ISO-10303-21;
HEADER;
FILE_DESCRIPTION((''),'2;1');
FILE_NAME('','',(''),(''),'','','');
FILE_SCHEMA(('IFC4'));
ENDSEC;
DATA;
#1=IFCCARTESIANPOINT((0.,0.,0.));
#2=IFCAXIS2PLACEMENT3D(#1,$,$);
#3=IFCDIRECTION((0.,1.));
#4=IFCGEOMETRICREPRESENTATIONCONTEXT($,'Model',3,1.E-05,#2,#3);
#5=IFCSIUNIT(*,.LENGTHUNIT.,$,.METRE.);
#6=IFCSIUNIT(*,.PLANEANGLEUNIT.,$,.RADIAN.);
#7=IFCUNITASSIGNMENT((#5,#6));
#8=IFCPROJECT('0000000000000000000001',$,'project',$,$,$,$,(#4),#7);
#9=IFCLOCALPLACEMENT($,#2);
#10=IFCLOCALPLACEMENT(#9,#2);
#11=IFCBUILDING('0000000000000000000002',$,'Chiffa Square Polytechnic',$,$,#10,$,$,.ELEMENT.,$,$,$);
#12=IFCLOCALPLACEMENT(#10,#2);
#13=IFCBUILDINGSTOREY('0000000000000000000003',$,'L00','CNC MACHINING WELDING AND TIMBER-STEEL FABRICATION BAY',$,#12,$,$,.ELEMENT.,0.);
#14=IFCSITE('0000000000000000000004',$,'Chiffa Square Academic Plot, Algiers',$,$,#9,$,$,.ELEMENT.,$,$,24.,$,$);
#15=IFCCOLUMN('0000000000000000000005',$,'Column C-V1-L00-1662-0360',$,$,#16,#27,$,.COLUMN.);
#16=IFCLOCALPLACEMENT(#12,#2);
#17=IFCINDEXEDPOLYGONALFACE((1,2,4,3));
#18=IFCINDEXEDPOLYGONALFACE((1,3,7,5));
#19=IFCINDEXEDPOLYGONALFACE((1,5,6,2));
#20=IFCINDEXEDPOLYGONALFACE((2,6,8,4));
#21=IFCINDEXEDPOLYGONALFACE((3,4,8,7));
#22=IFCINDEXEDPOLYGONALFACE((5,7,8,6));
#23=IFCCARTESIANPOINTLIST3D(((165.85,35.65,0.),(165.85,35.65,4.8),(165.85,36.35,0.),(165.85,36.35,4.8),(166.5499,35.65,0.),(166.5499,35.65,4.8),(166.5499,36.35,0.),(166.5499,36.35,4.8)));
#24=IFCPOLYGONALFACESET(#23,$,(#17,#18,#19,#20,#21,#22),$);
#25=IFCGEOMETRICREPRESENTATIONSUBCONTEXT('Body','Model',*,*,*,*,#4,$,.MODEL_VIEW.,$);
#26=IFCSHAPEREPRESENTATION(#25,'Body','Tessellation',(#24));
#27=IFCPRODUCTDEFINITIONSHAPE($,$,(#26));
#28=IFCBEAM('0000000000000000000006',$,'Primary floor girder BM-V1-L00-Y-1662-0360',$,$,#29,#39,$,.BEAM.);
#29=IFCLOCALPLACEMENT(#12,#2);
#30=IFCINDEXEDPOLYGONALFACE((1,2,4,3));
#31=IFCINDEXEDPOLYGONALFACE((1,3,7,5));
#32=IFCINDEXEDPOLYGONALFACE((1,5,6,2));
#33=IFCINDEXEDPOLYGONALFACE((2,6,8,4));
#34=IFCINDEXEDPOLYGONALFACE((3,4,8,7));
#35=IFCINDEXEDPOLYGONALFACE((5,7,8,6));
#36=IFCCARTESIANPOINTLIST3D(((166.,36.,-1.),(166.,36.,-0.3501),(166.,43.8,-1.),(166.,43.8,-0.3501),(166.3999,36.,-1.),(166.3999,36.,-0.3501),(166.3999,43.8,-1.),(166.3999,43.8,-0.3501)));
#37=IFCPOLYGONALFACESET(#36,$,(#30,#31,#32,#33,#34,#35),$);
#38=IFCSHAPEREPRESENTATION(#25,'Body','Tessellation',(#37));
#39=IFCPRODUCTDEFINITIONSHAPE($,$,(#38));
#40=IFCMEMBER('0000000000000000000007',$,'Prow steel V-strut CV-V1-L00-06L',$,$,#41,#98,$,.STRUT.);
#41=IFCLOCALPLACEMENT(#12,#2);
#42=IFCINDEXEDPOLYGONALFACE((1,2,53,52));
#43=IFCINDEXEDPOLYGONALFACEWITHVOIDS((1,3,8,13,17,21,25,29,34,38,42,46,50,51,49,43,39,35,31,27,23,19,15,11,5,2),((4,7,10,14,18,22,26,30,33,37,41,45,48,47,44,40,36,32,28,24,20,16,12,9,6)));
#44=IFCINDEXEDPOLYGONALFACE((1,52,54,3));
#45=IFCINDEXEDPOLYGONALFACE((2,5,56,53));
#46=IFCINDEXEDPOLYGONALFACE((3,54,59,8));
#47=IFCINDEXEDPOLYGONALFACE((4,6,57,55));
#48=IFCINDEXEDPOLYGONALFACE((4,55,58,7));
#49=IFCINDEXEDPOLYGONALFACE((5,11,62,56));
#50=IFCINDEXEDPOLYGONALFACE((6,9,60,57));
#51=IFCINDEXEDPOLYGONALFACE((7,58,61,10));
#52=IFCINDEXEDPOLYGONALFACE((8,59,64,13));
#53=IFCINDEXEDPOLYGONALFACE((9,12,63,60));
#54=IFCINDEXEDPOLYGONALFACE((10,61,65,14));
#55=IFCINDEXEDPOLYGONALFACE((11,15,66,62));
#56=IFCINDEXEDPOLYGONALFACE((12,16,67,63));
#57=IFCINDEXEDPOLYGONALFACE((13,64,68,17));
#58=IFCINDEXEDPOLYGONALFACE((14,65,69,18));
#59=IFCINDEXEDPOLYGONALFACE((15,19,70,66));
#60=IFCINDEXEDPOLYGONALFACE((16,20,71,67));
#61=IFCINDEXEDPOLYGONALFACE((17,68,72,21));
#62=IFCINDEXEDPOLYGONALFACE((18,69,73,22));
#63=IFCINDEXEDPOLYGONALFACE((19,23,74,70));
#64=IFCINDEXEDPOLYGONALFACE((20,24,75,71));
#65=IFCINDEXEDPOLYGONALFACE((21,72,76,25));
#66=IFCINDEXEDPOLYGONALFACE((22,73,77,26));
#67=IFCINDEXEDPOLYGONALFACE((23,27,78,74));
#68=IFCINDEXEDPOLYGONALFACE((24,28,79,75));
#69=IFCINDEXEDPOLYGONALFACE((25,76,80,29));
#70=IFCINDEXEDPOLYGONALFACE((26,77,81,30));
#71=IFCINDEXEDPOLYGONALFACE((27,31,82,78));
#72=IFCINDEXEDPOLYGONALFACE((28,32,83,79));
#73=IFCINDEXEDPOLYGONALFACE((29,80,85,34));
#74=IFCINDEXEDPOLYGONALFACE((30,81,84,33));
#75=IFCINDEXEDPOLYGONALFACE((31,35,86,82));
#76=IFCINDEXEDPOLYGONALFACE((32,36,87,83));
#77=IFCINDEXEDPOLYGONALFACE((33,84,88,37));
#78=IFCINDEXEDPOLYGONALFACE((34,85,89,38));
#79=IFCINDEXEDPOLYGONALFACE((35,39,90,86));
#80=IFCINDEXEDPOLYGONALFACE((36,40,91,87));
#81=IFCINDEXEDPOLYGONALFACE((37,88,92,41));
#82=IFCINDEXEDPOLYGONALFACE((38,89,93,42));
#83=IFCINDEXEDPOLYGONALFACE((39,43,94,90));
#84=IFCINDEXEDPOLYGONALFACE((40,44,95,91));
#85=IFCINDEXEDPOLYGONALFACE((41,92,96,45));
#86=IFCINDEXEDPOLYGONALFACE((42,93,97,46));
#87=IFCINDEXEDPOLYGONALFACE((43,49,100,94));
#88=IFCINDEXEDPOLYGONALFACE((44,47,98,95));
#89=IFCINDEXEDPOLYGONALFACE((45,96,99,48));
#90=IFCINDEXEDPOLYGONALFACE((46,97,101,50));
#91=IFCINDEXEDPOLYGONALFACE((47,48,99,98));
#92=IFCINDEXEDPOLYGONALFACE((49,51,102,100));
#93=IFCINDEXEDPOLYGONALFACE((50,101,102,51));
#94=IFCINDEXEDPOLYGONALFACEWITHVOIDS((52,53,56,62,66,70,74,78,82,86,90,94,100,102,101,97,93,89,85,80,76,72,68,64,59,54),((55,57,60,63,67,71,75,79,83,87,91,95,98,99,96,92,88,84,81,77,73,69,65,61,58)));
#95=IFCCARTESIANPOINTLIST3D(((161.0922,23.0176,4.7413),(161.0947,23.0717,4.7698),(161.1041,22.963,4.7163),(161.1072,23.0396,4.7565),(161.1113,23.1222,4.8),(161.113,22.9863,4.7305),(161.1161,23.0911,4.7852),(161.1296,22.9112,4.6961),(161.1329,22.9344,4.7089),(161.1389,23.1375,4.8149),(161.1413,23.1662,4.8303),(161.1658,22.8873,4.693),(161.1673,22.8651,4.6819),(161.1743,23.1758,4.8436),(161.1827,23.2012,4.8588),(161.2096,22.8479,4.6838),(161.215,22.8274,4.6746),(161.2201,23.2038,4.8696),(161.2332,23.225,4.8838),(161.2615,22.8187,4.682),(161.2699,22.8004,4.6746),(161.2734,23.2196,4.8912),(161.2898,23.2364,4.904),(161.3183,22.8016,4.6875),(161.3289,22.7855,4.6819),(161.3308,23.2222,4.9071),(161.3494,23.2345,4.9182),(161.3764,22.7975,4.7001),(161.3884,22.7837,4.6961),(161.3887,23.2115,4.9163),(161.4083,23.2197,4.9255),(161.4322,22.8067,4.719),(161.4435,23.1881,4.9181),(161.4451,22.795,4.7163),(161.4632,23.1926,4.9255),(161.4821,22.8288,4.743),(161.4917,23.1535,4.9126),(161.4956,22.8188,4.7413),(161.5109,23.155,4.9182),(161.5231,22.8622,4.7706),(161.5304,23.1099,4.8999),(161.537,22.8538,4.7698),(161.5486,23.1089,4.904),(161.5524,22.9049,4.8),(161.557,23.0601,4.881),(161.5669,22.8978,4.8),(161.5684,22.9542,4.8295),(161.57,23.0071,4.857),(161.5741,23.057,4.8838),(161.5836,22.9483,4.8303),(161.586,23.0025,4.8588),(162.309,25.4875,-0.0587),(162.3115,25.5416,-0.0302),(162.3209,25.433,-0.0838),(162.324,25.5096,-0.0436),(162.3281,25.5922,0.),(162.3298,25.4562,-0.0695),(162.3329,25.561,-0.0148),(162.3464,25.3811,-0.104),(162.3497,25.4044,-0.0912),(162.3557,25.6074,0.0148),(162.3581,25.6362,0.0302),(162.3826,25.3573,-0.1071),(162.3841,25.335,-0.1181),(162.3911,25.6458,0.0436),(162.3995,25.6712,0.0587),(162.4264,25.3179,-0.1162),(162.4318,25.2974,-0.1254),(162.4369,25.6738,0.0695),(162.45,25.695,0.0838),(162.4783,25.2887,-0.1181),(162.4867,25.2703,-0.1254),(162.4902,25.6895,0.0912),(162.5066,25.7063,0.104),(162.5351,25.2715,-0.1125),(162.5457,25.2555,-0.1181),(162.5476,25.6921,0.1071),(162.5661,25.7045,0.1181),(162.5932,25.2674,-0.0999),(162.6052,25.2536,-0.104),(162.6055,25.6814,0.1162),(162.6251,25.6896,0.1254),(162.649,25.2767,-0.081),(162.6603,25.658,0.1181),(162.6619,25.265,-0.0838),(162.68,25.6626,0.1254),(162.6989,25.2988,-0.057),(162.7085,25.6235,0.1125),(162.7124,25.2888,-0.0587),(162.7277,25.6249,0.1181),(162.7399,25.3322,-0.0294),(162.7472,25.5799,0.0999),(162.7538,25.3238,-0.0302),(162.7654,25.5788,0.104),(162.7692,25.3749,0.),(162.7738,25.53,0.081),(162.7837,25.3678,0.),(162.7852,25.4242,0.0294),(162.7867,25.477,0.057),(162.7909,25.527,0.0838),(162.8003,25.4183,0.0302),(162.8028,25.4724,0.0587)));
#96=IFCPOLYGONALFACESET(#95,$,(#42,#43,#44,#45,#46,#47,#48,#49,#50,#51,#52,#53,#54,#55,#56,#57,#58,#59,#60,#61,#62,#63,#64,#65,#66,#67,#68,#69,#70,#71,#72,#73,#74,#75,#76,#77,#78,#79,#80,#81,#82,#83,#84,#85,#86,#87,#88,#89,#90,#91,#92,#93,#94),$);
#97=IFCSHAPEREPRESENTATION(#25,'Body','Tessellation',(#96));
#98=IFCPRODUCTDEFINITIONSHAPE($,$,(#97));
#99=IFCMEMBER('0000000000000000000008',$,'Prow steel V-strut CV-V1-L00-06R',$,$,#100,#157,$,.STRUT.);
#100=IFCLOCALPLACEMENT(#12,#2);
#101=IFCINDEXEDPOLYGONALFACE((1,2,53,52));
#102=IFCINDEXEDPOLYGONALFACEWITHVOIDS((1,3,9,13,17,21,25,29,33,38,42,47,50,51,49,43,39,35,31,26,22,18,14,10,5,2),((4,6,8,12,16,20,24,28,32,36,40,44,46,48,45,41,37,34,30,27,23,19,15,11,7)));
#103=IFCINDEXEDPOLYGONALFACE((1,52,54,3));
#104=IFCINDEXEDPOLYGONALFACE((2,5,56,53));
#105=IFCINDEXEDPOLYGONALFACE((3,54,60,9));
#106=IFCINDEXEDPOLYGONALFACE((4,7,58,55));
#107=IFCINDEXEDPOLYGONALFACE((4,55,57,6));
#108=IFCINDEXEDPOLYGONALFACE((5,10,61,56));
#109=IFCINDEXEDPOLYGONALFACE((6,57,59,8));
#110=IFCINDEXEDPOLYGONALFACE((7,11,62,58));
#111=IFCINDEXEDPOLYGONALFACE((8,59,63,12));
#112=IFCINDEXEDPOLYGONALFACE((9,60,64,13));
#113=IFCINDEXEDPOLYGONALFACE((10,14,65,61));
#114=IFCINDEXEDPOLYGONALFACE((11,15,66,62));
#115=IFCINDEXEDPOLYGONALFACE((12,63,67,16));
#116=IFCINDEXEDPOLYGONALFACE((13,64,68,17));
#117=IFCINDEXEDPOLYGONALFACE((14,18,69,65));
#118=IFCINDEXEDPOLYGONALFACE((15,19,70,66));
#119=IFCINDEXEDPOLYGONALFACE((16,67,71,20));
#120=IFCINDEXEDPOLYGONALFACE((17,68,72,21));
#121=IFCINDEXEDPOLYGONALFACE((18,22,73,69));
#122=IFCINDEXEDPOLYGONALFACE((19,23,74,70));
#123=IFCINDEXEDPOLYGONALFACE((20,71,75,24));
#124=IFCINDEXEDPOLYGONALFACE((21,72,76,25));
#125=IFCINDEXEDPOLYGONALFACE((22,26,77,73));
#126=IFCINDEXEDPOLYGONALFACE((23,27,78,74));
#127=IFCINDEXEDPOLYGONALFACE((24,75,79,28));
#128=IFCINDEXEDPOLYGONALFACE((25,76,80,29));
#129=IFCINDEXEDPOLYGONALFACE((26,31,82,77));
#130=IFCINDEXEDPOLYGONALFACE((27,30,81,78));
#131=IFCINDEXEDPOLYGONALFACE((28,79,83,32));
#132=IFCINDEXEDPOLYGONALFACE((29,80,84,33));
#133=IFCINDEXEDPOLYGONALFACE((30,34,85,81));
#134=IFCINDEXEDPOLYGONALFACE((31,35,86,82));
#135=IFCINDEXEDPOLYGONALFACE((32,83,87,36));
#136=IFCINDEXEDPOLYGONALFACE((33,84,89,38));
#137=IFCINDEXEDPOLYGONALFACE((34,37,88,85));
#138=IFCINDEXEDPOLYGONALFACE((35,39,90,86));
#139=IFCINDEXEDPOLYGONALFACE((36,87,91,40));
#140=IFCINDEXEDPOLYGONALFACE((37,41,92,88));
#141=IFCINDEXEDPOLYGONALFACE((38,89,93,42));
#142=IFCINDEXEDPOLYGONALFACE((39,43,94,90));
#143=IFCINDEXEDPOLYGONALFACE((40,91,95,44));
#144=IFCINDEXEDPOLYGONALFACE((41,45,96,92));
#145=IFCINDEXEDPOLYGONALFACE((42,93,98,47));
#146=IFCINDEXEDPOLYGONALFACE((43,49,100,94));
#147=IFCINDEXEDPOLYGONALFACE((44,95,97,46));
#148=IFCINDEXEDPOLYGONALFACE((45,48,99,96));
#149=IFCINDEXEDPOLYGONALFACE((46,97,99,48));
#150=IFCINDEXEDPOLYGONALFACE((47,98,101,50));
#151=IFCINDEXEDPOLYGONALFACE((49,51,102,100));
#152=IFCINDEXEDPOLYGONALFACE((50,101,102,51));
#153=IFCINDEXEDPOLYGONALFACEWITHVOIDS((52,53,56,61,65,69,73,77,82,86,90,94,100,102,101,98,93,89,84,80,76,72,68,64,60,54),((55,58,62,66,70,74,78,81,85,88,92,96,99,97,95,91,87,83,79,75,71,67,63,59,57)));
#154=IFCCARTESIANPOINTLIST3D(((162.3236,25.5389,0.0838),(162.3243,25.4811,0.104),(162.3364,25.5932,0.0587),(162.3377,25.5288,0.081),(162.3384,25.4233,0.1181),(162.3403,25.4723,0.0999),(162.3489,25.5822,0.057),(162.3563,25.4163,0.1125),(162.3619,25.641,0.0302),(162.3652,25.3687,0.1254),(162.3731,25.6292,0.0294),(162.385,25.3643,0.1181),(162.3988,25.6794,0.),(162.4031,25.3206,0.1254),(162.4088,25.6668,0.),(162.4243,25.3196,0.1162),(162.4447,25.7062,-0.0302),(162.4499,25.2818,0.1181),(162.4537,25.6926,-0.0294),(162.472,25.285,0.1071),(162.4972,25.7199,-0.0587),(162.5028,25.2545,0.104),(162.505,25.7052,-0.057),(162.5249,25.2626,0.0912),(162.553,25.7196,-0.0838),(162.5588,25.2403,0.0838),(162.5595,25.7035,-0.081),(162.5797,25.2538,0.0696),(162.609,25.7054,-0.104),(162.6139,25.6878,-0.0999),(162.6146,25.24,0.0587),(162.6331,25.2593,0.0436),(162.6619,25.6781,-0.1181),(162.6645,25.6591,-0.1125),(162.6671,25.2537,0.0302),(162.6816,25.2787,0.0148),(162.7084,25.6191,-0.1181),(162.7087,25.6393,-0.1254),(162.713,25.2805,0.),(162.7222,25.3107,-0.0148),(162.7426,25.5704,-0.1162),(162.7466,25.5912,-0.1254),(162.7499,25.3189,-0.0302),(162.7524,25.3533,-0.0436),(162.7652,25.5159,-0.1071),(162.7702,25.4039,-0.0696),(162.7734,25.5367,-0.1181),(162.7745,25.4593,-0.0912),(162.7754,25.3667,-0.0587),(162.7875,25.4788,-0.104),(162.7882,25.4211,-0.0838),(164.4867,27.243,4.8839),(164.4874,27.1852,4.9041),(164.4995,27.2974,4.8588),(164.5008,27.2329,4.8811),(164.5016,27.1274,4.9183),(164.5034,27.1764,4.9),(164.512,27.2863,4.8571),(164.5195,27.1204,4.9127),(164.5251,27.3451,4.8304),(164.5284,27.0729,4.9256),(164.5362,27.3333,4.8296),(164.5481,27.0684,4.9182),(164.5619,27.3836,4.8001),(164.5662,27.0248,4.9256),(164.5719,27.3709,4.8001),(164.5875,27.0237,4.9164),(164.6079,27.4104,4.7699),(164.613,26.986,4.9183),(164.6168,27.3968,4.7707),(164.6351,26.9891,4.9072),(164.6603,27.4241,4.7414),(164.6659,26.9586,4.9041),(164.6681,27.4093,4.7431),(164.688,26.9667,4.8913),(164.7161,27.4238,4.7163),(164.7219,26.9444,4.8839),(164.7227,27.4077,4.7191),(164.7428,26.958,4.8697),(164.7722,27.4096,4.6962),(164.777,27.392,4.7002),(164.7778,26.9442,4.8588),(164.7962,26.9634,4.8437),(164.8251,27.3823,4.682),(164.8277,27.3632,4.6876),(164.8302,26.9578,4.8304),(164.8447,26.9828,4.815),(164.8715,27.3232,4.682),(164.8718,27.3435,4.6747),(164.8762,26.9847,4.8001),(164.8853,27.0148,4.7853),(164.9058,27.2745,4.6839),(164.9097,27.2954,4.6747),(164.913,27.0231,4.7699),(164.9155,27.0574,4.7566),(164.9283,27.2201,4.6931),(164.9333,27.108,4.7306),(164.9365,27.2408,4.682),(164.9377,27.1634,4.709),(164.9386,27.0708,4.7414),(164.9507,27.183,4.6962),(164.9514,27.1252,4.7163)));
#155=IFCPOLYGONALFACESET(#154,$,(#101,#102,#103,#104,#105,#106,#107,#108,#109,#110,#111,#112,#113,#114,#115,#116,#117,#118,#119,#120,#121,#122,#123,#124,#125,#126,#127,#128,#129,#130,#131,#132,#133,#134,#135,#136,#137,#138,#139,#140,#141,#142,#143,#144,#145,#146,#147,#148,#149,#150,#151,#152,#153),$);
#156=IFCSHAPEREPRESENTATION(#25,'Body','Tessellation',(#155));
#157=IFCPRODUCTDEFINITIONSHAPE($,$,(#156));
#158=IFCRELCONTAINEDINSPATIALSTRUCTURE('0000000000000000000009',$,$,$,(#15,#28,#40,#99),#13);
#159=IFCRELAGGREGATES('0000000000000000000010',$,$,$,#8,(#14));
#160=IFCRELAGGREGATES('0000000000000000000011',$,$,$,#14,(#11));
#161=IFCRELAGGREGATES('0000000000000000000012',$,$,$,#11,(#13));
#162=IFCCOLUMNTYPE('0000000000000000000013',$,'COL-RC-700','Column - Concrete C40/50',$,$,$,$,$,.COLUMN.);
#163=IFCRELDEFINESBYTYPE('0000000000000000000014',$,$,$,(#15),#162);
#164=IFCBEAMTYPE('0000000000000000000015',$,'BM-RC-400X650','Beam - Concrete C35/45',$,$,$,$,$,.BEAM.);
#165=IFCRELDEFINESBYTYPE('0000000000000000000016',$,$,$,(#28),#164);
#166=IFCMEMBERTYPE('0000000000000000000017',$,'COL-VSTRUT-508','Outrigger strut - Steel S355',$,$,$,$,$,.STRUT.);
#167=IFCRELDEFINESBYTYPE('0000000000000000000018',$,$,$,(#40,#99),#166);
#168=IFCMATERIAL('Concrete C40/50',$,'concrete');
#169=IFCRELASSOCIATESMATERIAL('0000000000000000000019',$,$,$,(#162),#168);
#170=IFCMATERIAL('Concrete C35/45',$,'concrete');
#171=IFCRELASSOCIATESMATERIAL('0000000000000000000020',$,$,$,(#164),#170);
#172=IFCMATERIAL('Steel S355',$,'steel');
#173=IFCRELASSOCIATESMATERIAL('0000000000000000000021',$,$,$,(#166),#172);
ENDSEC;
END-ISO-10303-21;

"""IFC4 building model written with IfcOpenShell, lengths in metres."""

from ifc_helpers import new_model, si_unit, direction, frame, origin, origin_2d, place, context, subcontext, project, spatial, rectangle, hollow_circle, extrude, material, material_profile, profile_set, type_object, element, save


model = new_model("IFC4")

# Units and contexts
model_context = context("Model", 3, precision=1e-05, world=origin(), true_north=direction((0.0, 1.0)))
body_context = subcontext(model_context, "Body", "Model", "MODEL_VIEW")
ifc_project = project(units=[si_unit("LENGTHUNIT", "METRE"), si_unit("PLANEANGLEUNIT", "RADIAN")], contexts=[model_context])

# Site, building, storey
site_placement = place(None, origin())
site = spatial("IfcSite", under=ifc_project, at=site_placement, Name="Chiffa Square Academic Plot, Algiers", CompositionType="ELEMENT", RefElevation=24.0)
building_placement = place(site_placement, origin())
building = spatial("IfcBuilding", under=site, at=building_placement, Name="Chiffa Square Polytechnic", CompositionType="ELEMENT")
storey_placement = place(building_placement, origin())
storey = spatial("IfcBuildingStorey", under=building, at=storey_placement, Name="L00", Description="CNC MACHINING WELDING AND TIMBER-STEEL FABRICATION BAY", CompositionType="ELEMENT", Elevation=0.0)

# Column
ifc_material_1 = material(Name="Concrete C40/50", Category="concrete")
ifc_material_profile_1 = material_profile(ifc_material_1, rectangle(XDim=0.7, YDim=0.7, at=origin_2d()), Name="RC 700x700")
ifc_profile_set_1 = profile_set([ifc_material_profile_1], Name="Concrete C40/50")
column_type = type_object("IfcColumnType", Name="COL-RC-700", Description="Column - Concrete C40/50", PredefinedType="COLUMN", material=ifc_profile_set_1)
column_placement = place(storey_placement, frame((166.2, 36.0, 0.0), z_axis=(0.0, 0.0, 1.0), x_axis=(1.0, 0.0, 0.0)))
element("IfcColumn", 1, at=column_placement, inside=storey, type_object=column_type, Name="Column C-V1-L00-1662-0360", PredefinedType="COLUMN", context=body_context, shape_type="SweptSolid", body=[
    extrude(rectangle(XDim=0.7, YDim=0.7, at=origin_2d()), origin(), (0.0, 0.0, 1.0), 4.8),
])

# Beam
ifc_material_2 = material(Name="Concrete C35/45", Category="concrete")
ifc_material_profile_2 = material_profile(ifc_material_2, rectangle(XDim=0.3999, YDim=0.6499, at=origin_2d()), Name="RC 400x650")
ifc_profile_set_2 = profile_set([ifc_material_profile_2], Name="Concrete C35/45")
beam_type = type_object("IfcBeamType", Name="BM-RC-400X650", Description="Beam - Concrete C35/45", PredefinedType="BEAM", material=ifc_profile_set_2)
beam_placement = place(storey_placement, frame((166.2, 36.0, -0.675), z_axis=(0.0, 1.0, 0.0), x_axis=(-1.0, 0.0, 0.0)))
element("IfcBeam", 2, at=beam_placement, inside=storey, type_object=beam_type, Name="Primary floor girder BM-V1-L00-Y-1662-0360", PredefinedType="BEAM", context=body_context, shape_type="SweptSolid", body=[
    extrude(rectangle(XDim=0.3999, YDim=0.6499, at=origin_2d()), origin(), (0.0, 0.0, 1.0), 7.8),
])

# Members
ifc_material_3 = material(Name="Steel S355", Category="steel")
ifc_material_profile_3 = material_profile(ifc_material_3, hollow_circle(Radius=0.2539, WallThickness=0.0161, at=origin_2d()), Name="CHS 508x16")
ifc_profile_set_3 = profile_set([ifc_material_profile_3], Name="Steel S355")
member_type_1 = type_object("IfcMemberType", Name="COL-VSTRUT-508", Description="Outrigger strut - Steel S355", PredefinedType="STRUT", material=ifc_profile_set_3)
member_1_placement = place(storey_placement, frame((162.5559, 25.48, 0.0), z_axis=(-0.219889, -0.446351, 0.867421), x_axis=(0.897054, -0.441921, 0.0)))
element("IfcMember", 3, at=member_1_placement, inside=storey, type_object=member_type_1, Name="Prow steel V-strut CV-V1-L00-06L", PredefinedType="STRUT", context=body_context, shape_type="SweptSolid", body=[
    extrude(hollow_circle(Radius=0.2539, WallThickness=0.0161, at=origin_2d()), origin(), (0.0, 0.0, 1.0), 5.5337),
])
member_2_placement = place(storey_placement, frame((162.5559, 25.48, 0.0), z_axis=(0.390883, 0.307942, 0.867399), x_axis=(-0.618839, 0.785518, 0.0)))
element("IfcMember", 4, at=member_2_placement, inside=storey, type_object=member_type_1, Name="Prow steel V-strut CV-V1-L00-06R", PredefinedType="STRUT", context=body_context, shape_type="SweptSolid", body=[
    extrude(hollow_circle(Radius=0.2539, WallThickness=0.0161, at=origin_2d()), origin(), (0.0, 0.0, 1.0), 5.5339),
])

save(model, "model.ifc")
